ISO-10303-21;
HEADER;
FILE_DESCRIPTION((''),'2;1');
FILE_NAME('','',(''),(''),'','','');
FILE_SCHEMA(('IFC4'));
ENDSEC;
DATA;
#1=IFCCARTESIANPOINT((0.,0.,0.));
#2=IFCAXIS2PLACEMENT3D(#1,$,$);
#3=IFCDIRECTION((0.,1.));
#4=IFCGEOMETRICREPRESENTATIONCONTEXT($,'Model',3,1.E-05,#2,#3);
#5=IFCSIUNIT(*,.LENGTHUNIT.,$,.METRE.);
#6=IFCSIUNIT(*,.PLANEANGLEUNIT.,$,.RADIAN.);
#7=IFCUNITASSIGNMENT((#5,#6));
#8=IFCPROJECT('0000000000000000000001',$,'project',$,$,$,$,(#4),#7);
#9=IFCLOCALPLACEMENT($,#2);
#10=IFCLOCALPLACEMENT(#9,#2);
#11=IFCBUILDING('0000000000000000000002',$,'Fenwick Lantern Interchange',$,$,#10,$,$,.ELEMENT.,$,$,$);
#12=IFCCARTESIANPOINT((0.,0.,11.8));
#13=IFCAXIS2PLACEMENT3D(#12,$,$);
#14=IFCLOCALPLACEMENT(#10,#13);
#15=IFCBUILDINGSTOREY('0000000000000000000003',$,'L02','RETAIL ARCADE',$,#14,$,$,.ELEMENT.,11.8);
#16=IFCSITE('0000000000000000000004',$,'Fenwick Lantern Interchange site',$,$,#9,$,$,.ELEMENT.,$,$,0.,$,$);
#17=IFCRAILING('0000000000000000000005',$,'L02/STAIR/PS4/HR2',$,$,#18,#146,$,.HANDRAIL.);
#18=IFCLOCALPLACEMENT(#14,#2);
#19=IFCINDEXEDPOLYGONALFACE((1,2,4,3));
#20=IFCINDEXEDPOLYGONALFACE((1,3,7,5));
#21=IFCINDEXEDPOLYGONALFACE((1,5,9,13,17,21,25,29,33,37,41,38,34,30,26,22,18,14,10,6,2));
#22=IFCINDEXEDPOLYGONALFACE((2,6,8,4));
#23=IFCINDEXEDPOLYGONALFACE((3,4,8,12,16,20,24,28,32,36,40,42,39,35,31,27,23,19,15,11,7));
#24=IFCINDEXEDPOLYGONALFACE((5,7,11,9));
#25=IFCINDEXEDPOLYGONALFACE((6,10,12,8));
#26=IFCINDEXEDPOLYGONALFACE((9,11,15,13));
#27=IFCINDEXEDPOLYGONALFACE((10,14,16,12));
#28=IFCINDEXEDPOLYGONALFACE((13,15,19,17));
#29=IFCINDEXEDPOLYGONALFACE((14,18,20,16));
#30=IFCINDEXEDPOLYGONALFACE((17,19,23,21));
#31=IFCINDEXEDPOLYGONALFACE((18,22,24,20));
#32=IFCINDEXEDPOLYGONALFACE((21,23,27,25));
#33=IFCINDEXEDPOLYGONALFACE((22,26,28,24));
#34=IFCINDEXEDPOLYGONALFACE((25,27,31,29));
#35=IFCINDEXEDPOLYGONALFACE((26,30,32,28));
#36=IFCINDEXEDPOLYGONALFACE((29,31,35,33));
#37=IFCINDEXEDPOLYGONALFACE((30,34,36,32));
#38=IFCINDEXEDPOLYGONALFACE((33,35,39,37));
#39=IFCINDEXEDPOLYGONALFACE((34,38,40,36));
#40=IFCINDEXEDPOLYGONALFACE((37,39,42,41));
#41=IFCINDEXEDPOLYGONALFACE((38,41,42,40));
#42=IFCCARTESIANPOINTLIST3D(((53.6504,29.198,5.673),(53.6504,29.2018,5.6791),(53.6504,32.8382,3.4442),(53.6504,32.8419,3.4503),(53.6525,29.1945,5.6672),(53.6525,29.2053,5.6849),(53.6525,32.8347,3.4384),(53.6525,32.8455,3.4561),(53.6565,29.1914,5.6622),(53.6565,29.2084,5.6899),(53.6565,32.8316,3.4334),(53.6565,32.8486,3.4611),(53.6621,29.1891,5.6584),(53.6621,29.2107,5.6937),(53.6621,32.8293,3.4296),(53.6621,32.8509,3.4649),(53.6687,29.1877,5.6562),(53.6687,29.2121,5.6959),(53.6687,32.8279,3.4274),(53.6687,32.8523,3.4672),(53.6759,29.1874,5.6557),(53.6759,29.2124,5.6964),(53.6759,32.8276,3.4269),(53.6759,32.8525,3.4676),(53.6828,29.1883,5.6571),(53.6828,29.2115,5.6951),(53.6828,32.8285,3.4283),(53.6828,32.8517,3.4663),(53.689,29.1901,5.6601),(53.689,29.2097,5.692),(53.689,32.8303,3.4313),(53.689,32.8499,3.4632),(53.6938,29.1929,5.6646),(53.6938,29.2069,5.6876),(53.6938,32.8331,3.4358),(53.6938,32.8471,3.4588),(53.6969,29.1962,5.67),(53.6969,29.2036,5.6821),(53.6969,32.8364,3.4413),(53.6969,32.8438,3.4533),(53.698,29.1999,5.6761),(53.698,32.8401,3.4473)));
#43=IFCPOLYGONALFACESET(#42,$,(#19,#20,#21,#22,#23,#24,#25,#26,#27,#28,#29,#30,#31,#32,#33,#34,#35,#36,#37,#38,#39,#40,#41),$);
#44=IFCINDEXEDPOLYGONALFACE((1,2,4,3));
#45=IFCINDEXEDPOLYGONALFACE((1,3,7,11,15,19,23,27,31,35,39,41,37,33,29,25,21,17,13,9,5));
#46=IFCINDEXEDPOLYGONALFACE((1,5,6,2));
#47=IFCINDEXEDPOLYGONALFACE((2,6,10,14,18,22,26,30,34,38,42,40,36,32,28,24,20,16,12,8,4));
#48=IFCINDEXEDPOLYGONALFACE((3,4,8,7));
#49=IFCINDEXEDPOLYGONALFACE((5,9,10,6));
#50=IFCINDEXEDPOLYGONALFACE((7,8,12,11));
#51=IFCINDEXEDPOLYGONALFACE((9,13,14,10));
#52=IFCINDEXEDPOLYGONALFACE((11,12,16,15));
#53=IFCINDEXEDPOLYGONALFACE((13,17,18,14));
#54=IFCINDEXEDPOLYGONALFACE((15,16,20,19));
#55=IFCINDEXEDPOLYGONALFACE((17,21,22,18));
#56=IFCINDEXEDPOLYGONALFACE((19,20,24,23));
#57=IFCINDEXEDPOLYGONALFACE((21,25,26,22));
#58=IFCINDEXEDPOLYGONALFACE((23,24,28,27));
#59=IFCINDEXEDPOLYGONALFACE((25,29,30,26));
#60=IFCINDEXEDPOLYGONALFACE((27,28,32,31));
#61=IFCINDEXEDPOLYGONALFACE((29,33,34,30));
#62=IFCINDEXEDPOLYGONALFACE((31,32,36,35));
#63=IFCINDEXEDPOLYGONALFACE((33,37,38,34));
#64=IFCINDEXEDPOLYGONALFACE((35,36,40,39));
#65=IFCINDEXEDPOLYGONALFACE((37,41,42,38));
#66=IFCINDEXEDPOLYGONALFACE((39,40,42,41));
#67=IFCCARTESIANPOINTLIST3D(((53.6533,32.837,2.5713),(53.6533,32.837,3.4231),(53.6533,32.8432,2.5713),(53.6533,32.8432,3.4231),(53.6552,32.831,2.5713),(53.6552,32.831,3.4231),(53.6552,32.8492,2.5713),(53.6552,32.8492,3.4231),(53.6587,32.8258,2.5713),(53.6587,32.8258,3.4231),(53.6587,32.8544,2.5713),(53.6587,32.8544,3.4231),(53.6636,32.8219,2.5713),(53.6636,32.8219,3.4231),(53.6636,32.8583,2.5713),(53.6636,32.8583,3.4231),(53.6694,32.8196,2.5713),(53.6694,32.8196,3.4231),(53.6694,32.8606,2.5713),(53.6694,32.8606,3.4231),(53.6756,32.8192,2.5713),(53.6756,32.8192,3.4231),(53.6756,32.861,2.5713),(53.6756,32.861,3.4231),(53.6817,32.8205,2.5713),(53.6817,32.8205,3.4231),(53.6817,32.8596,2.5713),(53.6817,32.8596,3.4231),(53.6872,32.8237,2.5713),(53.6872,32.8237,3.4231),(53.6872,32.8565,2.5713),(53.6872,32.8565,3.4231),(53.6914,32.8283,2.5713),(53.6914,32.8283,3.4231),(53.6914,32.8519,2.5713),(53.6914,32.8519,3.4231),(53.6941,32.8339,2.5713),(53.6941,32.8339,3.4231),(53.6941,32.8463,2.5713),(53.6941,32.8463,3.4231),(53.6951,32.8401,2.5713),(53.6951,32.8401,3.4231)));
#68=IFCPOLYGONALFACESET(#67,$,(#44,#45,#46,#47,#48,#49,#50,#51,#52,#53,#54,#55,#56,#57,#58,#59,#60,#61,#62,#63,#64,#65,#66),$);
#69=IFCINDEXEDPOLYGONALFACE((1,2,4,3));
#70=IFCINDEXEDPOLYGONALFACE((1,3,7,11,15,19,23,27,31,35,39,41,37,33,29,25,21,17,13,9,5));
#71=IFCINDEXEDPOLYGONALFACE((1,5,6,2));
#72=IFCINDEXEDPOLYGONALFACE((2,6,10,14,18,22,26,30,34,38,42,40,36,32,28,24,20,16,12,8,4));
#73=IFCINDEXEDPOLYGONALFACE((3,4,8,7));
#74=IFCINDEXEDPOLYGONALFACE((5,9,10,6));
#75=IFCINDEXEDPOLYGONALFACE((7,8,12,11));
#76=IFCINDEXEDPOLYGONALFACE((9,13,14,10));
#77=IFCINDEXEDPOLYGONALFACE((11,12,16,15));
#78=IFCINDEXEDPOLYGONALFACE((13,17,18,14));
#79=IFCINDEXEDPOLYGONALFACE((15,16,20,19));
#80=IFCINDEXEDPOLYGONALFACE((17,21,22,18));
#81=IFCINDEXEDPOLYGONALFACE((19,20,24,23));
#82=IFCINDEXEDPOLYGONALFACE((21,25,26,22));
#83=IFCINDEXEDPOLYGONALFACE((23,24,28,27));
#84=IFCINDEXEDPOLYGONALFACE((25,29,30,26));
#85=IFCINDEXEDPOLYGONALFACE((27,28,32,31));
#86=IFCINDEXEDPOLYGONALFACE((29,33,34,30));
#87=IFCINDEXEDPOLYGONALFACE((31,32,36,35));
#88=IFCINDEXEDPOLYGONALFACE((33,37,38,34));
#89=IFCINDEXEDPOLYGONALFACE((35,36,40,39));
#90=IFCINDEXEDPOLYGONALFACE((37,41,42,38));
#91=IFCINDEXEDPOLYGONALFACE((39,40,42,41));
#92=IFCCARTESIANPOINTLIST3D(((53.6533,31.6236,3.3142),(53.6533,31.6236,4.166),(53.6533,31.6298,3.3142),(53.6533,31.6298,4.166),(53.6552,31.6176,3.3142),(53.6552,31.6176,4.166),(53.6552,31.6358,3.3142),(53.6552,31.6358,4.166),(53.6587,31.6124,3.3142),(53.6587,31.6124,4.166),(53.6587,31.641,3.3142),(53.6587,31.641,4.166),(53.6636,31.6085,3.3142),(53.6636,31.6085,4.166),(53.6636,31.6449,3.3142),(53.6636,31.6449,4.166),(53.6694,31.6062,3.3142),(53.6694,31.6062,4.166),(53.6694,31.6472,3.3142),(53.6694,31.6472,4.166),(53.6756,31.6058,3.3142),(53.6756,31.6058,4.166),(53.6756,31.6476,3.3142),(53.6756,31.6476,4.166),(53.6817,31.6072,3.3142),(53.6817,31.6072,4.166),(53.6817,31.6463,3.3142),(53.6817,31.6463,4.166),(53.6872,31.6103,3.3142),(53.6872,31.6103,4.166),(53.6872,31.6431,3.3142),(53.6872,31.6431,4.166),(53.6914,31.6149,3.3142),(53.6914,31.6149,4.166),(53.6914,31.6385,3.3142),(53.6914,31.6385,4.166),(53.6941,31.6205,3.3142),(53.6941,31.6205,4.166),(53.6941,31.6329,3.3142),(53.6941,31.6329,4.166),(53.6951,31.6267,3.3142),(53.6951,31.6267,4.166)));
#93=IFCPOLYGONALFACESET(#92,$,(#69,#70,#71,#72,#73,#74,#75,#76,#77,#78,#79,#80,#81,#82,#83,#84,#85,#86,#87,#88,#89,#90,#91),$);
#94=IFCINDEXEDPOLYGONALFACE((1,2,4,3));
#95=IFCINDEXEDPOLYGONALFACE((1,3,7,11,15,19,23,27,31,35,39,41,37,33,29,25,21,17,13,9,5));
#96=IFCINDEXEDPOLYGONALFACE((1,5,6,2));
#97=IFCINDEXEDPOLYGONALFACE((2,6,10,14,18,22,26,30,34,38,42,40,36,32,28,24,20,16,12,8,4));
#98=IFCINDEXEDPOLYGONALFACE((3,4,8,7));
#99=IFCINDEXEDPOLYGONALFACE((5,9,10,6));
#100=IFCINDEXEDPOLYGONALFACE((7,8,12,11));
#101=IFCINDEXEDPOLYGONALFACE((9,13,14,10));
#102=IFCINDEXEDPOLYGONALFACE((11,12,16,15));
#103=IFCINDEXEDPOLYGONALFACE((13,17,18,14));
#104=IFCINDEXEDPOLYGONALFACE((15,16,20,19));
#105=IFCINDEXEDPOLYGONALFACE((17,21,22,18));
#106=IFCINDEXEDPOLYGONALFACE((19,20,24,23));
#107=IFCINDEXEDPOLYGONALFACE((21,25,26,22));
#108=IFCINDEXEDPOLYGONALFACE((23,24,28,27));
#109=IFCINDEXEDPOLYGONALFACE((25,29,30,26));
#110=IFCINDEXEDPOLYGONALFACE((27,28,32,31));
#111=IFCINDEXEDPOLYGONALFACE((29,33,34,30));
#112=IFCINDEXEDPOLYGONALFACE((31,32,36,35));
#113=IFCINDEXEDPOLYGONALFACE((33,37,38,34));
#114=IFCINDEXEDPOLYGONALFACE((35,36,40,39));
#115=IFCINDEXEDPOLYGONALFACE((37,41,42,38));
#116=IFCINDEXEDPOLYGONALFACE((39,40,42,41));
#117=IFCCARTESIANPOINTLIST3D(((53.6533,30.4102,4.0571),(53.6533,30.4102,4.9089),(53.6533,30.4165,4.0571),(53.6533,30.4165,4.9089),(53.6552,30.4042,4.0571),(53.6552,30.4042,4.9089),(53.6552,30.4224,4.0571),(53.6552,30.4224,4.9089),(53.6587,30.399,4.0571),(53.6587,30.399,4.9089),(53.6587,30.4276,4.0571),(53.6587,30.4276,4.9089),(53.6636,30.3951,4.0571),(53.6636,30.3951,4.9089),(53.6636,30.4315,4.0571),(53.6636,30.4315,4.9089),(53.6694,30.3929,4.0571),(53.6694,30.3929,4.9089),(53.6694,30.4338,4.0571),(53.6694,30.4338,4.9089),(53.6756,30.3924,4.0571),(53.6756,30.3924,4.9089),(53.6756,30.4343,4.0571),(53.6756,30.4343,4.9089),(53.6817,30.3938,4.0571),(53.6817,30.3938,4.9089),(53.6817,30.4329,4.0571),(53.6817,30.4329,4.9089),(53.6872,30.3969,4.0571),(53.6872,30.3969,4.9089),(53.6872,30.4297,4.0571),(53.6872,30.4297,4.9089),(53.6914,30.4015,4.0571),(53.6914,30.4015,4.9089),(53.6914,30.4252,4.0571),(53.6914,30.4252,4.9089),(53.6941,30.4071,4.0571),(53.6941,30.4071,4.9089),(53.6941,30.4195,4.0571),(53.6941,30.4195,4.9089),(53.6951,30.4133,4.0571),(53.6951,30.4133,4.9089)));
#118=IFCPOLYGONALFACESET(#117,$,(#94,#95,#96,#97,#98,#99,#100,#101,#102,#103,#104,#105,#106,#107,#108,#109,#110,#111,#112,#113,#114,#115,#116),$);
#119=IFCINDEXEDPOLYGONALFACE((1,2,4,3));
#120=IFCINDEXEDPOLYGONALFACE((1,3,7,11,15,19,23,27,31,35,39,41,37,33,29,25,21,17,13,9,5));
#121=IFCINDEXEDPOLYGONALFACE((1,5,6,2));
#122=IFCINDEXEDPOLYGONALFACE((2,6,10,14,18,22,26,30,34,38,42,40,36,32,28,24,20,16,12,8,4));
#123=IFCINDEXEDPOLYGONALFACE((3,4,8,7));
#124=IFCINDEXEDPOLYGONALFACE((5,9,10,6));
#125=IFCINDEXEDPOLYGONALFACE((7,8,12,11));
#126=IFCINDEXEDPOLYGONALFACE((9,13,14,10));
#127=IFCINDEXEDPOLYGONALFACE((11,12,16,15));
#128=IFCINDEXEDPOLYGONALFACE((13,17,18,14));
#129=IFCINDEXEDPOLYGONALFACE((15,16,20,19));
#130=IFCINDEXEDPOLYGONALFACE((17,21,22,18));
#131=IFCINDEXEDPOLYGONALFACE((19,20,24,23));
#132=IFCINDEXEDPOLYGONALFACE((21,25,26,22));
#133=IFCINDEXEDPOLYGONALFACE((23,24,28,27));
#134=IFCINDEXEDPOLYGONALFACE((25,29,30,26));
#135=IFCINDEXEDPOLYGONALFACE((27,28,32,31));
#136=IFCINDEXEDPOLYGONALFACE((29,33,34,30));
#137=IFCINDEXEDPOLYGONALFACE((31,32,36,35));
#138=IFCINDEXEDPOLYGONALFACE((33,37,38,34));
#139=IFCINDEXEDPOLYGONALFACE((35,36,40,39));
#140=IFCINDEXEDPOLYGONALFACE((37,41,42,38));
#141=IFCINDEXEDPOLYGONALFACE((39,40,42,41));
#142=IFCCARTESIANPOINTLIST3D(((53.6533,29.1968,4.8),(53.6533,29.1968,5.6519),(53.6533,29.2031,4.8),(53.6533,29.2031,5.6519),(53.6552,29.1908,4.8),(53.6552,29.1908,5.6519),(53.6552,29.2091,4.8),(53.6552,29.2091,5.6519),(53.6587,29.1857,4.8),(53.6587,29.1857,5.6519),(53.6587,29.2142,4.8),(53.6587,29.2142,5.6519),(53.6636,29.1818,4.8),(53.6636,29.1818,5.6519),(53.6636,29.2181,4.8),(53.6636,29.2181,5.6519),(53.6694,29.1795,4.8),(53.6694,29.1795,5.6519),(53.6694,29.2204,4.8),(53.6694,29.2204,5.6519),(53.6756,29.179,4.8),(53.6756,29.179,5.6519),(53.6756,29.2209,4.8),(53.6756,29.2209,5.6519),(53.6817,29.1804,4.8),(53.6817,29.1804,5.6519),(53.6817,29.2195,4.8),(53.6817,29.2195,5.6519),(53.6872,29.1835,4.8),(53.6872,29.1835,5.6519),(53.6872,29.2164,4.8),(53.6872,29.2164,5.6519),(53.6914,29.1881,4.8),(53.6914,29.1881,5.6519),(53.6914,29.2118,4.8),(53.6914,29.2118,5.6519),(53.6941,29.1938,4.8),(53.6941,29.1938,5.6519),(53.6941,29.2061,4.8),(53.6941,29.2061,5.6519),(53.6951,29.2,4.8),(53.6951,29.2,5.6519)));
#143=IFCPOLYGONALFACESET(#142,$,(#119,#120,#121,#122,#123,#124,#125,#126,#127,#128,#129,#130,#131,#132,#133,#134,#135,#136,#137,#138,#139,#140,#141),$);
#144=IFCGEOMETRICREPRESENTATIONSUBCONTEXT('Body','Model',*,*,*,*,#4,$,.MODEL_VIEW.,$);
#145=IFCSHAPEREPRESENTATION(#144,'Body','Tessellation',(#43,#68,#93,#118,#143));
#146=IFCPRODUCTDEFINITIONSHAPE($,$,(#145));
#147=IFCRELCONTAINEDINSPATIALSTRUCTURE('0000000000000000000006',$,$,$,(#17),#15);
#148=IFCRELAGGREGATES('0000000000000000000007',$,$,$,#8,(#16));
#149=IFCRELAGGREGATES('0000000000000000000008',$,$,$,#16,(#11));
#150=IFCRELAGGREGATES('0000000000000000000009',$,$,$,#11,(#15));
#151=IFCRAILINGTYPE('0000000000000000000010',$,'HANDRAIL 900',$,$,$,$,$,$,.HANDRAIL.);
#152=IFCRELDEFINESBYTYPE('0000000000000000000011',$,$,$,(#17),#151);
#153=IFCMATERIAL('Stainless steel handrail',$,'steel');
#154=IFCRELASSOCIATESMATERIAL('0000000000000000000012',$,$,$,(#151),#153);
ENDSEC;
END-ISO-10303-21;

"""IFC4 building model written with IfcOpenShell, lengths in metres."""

from ifc_helpers import new_model, si_unit, direction, frame, origin, origin_2d, place, context, subcontext, project, spatial, circle, extrude, material, type_object, element, save


model = new_model("IFC4")

# Units and contexts
model_context = context("Model", 3, precision=1e-05, world=origin(), true_north=direction((0.0, 1.0)))
body_context = subcontext(model_context, "Body", "Model", "MODEL_VIEW")
ifc_project = project(units=[si_unit("LENGTHUNIT", "METRE"), si_unit("PLANEANGLEUNIT", "RADIAN")], contexts=[model_context])

# Site, building, storey
site_placement = place(None, origin())
site = spatial("IfcSite", under=ifc_project, at=site_placement, Name="Fenwick Lantern Interchange site", CompositionType="ELEMENT", RefElevation=0.0)
building_placement = place(site_placement, origin())
building = spatial("IfcBuilding", under=site, at=building_placement, Name="Fenwick Lantern Interchange", CompositionType="ELEMENT")
storey_placement = place(building_placement, frame((0.0, 0.0, 11.8)))
storey = spatial("IfcBuildingStorey", under=building, at=storey_placement, Name="L02", Description="RETAIL ARCADE", CompositionType="ELEMENT", Elevation=11.8)

# Railing
ifc_material_1 = material(Name="Stainless steel handrail", Category="steel")
railing_type = type_object("IfcRailingType", Name="HANDRAIL 900", PredefinedType="HANDRAIL", material=ifc_material_1)
railing_placement = place(storey_placement, frame((53.6741, 32.8401, 2.5713)))
element("IfcRailing", 1, at=railing_placement, inside=storey, type_object=railing_type, Name="L02/STAIR/PS4/HR2", PredefinedType="HANDRAIL", context=body_context, shape_type="SweptSolid", body=[
    extrude(circle(Radius=0.0239, at=origin_2d()), frame((0.0, 0.0, 0.876), z_axis=(0.0, -0.85284, 0.522172), x_axis=(1.0, 0.0, 0.0)), (0.0, 0.0, 1.0), 4.2683),
    extrude(circle(Radius=0.021, at=origin_2d()), origin(), (0.0, 0.0, 1.0), 0.8518),
    extrude(circle(Radius=0.021, at=origin_2d()), frame((0.0, -1.2134, 0.7429)), (0.0, 0.0, 1.0), 0.8518),
    extrude(circle(Radius=0.021, at=origin_2d()), frame((0.0, -2.4268, 1.4858)), (0.0, 0.0, 1.0), 0.8518),
    extrude(circle(Radius=0.021, at=origin_2d()), frame((0.0, -3.6401, 2.2288)), (0.0, 0.0, 1.0), 0.8518),
])

save(model, "model.ifc")
